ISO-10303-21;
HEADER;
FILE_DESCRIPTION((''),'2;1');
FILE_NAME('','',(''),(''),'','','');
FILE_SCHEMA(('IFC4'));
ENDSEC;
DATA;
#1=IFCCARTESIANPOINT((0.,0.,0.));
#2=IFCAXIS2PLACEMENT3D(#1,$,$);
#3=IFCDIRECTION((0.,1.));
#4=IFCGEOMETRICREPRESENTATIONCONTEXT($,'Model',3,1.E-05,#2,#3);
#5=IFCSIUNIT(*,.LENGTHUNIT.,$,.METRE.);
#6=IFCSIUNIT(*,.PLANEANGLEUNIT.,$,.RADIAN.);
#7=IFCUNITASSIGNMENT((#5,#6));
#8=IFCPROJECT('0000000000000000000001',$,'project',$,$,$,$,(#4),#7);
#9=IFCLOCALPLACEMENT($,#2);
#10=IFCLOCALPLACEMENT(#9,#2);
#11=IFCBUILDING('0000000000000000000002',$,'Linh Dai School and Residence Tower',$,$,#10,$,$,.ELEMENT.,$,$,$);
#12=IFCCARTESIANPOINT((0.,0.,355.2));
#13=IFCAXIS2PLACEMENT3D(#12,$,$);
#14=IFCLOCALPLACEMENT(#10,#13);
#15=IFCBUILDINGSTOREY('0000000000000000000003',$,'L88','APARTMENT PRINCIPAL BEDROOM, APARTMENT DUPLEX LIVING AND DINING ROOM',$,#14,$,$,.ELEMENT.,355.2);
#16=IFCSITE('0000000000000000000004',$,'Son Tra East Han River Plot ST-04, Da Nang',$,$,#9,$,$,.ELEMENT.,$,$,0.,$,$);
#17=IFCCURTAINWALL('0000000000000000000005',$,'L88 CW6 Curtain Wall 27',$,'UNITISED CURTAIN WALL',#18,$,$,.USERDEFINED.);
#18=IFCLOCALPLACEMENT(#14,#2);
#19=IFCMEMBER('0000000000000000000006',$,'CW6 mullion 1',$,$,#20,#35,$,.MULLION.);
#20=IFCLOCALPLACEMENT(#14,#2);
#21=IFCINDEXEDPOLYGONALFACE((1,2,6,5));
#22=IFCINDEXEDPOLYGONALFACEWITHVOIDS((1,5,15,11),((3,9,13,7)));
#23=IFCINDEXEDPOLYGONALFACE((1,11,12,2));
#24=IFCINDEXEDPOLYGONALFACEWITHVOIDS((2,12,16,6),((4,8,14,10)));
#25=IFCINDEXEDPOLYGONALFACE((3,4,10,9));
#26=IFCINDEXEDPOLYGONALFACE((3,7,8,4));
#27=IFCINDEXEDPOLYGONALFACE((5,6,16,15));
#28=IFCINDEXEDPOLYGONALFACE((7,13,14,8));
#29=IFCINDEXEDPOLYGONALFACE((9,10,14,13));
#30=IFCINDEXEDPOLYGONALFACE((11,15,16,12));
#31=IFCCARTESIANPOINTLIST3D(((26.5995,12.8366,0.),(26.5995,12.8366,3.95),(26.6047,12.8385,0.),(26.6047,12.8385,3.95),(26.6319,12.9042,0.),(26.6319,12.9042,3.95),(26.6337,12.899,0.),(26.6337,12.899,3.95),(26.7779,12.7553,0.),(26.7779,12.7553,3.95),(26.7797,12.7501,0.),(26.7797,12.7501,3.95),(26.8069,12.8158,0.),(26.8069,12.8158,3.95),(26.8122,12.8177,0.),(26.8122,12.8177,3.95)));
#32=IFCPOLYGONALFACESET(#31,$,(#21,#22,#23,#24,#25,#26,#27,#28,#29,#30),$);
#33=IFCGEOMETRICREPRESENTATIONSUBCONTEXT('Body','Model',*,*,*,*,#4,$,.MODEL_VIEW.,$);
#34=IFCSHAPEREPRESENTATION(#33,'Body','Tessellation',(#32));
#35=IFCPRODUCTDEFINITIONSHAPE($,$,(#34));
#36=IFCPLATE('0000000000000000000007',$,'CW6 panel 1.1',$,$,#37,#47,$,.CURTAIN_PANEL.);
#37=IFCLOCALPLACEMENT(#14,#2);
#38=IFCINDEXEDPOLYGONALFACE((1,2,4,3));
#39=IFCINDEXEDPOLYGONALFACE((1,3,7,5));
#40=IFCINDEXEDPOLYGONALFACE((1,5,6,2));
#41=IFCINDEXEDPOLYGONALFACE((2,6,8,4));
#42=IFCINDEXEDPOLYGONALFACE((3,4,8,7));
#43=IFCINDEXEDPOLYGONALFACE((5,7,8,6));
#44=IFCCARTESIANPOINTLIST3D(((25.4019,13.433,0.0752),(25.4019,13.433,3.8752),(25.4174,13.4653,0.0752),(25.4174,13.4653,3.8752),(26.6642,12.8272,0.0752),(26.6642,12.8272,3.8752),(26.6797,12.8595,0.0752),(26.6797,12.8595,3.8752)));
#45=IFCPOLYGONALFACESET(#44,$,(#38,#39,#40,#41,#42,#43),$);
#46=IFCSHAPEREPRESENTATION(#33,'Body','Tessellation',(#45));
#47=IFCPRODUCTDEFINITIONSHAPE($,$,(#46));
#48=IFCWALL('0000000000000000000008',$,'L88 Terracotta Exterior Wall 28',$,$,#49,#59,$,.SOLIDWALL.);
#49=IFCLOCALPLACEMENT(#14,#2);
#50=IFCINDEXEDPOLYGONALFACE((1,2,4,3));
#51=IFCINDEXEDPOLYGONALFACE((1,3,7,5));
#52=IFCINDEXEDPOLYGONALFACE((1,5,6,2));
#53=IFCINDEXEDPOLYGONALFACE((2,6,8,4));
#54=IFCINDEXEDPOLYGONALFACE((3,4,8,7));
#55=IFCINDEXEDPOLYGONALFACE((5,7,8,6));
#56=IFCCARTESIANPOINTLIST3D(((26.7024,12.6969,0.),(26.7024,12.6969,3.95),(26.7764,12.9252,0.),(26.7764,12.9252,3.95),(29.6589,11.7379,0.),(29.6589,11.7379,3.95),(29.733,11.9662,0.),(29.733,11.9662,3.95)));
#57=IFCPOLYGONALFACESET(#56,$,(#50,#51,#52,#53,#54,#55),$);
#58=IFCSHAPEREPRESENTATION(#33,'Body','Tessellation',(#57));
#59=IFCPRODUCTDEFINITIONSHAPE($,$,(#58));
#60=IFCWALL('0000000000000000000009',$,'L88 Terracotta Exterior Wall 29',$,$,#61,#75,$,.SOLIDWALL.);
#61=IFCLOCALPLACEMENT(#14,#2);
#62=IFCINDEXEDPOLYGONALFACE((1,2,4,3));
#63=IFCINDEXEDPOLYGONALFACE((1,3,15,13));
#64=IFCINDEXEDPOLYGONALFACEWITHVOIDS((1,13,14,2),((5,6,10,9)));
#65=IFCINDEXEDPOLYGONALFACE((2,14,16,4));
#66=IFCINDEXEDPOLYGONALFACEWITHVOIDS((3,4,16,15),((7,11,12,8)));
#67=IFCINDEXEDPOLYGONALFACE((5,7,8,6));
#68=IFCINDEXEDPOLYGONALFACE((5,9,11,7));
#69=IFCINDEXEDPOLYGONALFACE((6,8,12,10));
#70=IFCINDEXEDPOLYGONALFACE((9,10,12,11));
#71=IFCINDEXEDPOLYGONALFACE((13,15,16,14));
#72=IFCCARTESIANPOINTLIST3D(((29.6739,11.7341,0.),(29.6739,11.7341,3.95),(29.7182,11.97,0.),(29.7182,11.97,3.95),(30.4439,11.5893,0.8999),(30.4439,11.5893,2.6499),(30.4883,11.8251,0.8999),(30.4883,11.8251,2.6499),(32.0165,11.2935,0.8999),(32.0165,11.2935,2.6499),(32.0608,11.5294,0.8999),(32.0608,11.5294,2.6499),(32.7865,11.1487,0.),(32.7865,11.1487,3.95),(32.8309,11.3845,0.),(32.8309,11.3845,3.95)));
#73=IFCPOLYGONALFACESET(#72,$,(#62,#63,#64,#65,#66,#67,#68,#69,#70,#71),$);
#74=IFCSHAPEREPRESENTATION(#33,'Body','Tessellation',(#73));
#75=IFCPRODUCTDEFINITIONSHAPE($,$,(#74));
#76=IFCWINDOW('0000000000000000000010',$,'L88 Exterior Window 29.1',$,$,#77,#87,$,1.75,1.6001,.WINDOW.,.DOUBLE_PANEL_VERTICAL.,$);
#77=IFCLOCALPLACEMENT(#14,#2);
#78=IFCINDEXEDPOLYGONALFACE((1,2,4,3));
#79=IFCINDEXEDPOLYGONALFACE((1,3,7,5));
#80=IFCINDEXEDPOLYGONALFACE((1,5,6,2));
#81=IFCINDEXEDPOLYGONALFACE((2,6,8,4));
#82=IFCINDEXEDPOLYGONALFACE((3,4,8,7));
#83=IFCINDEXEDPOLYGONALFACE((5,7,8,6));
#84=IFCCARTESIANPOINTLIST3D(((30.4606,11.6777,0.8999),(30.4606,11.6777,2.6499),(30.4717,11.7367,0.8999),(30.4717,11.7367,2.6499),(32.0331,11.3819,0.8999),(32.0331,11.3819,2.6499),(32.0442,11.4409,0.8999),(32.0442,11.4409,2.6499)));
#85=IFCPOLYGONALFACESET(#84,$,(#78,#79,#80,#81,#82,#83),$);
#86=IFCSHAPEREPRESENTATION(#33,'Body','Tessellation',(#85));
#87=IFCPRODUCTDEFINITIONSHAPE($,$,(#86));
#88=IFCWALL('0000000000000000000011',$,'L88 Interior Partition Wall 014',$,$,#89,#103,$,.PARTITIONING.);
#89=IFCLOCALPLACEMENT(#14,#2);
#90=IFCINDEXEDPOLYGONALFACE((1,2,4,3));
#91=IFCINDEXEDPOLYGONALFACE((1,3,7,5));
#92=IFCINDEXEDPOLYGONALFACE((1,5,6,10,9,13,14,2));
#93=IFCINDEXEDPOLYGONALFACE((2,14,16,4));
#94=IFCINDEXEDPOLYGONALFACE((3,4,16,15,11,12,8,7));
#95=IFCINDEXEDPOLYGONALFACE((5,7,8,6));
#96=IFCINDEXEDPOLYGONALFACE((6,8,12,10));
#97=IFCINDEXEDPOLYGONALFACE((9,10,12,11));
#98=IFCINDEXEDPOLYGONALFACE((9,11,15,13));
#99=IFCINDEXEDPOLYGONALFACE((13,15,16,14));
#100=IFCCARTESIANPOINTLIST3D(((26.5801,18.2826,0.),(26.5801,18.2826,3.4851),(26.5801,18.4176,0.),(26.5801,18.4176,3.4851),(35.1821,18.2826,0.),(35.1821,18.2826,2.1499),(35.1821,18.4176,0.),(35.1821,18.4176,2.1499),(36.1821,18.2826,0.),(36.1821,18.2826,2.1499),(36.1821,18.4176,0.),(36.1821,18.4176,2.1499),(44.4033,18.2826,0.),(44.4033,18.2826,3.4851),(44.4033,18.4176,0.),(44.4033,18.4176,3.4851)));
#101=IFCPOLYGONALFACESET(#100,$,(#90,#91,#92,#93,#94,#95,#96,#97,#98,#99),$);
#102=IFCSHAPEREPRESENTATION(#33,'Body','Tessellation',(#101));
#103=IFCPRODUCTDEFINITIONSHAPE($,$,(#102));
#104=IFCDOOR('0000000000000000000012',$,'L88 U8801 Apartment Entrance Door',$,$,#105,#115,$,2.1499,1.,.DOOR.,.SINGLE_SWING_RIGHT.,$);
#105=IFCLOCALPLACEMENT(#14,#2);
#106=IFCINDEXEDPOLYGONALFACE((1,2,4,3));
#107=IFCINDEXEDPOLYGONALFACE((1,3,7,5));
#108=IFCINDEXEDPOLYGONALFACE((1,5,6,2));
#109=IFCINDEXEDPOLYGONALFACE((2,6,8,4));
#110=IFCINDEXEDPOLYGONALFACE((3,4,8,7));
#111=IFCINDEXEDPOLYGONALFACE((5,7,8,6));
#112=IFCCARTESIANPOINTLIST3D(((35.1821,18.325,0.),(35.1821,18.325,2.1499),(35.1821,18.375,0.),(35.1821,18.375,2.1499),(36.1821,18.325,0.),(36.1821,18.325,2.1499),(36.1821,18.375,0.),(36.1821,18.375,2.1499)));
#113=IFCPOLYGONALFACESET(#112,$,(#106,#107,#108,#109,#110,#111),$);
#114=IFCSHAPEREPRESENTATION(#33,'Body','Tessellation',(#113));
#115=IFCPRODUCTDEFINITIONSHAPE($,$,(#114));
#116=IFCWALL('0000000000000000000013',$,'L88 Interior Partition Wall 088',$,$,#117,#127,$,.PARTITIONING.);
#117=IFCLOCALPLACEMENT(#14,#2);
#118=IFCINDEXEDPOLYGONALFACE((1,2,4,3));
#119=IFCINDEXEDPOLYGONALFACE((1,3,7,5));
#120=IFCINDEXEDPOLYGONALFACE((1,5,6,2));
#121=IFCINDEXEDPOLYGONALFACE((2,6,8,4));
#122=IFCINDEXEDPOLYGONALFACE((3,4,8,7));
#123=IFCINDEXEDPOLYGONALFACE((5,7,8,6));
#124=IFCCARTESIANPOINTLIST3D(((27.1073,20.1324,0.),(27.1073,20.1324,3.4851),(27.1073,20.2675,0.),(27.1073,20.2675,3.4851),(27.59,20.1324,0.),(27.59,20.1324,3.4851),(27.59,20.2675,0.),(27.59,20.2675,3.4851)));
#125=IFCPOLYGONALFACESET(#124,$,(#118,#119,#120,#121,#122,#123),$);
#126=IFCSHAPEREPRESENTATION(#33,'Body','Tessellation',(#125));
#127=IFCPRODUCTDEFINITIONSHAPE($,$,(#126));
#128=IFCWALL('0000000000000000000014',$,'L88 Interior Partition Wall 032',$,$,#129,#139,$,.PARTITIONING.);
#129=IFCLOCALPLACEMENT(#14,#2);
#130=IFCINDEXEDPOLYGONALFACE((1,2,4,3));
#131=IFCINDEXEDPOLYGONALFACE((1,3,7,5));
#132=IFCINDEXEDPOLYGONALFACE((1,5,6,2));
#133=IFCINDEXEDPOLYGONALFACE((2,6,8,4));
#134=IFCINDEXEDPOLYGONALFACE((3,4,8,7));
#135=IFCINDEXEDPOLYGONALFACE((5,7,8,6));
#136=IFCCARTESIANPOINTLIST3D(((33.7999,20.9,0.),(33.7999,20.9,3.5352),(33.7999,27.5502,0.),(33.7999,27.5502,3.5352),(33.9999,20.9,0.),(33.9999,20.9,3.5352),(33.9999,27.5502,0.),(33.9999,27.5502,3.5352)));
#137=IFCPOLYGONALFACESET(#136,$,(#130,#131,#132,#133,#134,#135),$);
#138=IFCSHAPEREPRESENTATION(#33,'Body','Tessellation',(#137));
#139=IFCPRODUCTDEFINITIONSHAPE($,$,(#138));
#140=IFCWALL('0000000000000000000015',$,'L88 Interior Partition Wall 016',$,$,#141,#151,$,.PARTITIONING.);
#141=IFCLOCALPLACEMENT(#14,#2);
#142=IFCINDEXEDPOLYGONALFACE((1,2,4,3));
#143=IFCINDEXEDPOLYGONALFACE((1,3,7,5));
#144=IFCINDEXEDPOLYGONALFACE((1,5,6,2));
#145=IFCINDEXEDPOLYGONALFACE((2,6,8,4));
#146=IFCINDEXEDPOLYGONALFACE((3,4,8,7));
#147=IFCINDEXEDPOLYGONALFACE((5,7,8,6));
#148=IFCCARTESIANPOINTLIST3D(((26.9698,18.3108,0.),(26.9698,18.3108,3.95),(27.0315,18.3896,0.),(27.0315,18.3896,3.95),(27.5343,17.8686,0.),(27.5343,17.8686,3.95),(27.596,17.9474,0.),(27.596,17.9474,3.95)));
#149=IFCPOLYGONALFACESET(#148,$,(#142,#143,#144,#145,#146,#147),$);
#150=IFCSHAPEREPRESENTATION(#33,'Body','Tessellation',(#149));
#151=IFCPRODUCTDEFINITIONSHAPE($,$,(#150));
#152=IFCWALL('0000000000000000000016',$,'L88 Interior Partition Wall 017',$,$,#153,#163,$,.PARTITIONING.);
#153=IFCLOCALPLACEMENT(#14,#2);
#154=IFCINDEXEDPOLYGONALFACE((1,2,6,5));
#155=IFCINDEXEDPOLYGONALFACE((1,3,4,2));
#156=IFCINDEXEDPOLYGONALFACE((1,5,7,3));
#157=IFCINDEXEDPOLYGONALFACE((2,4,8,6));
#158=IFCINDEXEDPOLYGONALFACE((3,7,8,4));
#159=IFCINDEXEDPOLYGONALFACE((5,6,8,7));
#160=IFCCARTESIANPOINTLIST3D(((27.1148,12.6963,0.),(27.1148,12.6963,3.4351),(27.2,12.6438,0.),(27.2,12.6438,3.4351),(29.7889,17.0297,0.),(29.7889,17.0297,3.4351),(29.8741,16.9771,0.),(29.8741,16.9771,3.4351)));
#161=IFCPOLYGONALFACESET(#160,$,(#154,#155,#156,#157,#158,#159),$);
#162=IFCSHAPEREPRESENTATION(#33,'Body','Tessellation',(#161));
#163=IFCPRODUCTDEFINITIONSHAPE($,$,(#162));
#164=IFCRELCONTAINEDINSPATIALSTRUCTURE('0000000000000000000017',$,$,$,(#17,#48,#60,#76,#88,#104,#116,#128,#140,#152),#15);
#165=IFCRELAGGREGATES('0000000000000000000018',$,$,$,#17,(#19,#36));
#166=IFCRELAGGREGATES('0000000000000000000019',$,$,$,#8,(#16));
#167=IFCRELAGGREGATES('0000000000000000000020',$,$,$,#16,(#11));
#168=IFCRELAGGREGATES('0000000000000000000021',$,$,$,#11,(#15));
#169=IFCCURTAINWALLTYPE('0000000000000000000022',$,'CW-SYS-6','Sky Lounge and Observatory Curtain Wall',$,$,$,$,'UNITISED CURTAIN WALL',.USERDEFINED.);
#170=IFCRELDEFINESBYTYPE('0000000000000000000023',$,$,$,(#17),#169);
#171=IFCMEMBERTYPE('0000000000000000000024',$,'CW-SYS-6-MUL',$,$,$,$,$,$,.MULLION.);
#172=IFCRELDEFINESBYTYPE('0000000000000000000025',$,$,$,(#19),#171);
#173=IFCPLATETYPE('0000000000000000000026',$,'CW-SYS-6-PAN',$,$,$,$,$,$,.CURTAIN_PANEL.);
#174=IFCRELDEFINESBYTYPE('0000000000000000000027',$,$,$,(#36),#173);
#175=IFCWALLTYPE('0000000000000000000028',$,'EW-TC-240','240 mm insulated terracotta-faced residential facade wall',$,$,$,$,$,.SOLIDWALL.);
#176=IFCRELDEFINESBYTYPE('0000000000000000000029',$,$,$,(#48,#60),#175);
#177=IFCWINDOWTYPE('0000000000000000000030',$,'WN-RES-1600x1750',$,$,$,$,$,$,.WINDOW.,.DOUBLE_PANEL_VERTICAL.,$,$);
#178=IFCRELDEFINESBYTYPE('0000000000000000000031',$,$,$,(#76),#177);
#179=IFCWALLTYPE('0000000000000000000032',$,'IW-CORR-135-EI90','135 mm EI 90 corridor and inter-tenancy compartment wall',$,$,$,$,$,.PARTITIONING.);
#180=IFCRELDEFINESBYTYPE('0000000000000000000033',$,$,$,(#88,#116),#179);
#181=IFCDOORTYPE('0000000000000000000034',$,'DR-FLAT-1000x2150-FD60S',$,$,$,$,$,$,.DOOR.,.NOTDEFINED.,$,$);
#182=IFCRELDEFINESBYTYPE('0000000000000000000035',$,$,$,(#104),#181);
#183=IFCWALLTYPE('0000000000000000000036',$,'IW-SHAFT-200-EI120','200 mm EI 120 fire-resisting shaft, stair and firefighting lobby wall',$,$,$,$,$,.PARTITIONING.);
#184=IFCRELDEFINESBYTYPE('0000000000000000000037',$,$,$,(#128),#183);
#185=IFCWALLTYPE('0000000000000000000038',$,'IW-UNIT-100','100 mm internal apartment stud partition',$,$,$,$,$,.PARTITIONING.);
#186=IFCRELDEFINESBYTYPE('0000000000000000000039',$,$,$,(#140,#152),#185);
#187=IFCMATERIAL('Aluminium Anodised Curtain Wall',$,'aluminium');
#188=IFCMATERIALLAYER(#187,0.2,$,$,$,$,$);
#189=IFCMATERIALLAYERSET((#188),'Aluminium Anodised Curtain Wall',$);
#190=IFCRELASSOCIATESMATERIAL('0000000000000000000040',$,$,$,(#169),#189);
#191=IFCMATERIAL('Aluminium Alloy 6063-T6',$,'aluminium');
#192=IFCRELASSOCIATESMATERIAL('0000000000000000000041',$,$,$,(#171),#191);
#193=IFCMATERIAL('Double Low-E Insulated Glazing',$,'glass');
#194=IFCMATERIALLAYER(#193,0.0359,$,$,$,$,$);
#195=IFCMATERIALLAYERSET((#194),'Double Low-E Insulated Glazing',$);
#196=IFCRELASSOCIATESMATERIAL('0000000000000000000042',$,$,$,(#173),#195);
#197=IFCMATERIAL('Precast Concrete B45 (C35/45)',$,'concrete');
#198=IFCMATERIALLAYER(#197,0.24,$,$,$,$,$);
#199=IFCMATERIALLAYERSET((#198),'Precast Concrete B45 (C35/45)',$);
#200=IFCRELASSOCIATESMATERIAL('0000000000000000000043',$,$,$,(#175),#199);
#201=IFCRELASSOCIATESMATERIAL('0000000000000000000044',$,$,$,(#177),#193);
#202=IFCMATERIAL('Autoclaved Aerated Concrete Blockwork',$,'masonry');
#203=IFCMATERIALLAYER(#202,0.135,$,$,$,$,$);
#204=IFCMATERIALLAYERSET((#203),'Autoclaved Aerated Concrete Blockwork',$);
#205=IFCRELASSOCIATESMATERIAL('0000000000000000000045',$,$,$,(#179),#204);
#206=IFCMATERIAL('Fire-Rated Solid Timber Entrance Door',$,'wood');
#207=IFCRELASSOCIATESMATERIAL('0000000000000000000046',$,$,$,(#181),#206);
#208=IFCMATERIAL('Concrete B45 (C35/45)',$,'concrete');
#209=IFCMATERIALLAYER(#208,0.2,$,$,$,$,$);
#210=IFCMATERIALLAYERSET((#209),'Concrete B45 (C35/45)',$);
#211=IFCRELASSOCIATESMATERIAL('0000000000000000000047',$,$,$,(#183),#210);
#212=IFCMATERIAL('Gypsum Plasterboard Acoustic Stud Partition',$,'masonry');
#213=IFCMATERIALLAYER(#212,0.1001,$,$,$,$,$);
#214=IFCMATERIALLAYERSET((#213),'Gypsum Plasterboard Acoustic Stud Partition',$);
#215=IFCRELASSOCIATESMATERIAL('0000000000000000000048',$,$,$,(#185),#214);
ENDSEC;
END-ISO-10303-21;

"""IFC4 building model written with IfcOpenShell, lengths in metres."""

from ifc_helpers import new_model, si_unit, direction, frame, frame_2d, origin, origin_2d, place, context, subcontext, project, spatial, rectangle, hollow_rectangle, extrude, source, transform, mapped, material, layer, layer_set, material_profile, profile_set, type_object, element, fill, aggregate, save


model = new_model("IFC4")

# Units and contexts
model_context = context("Model", 3, precision=1e-05, world=origin(), true_north=direction((0.0, 1.0)))
body_context = subcontext(model_context, "Body", "Model", "MODEL_VIEW")
ifc_project = project(units=[si_unit("LENGTHUNIT", "METRE"), si_unit("PLANEANGLEUNIT", "RADIAN")], contexts=[model_context])

# Site, building, storey
site_placement = place(None, origin())
site = spatial("IfcSite", under=ifc_project, at=site_placement, Name="Son Tra East Han River Plot ST-04, Da Nang", CompositionType="ELEMENT", RefElevation=0.0)
building_placement = place(site_placement, origin())
building = spatial("IfcBuilding", under=site, at=building_placement, Name="Linh Dai School and Residence Tower", CompositionType="ELEMENT")
storey_placement = place(building_placement, frame((0.0, 0.0, 355.2)))
storey = spatial("IfcBuildingStorey", under=building, at=storey_placement, Name="L88", Description="APARTMENT PRINCIPAL BEDROOM, APARTMENT DUPLEX LIVING AND DINING ROOM", CompositionType="ELEMENT", Elevation=355.2)

# Shared definitions
ifc_material_1 = material(Name="Concrete B45 (C35/45)", Category="concrete")

# Curtain wall, member, plate
ifc_material_2 = material(Name="Aluminium Anodised Curtain Wall", Category="aluminium")
ifc_layer_1 = layer(ifc_material_2, 0.2)
ifc_layer_set_1 = layer_set([ifc_layer_1], Name="Aluminium Anodised Curtain Wall")
curtain_wall_type = type_object("IfcCurtainWallType", Name="CW-SYS-6", Description="Sky Lounge and Observatory Curtain Wall", ElementType="UNITISED CURTAIN WALL", PredefinedType="USERDEFINED", material=ifc_layer_set_1)
curtain_wall_placement = place(storey_placement, origin())
curtain_wall = element("IfcCurtainWall", 1, at=curtain_wall_placement, inside=storey, type_object=curtain_wall_type, Name="L88 CW6 Curtain Wall 27", ObjectType="UNITISED CURTAIN WALL", PredefinedType="USERDEFINED")
ifc_material_3 = material(Name="Aluminium Alloy 6063-T6", Category="aluminium")
ifc_material_profile_1 = material_profile(ifc_material_3, hollow_rectangle(XDim=0.075, YDim=0.2, WallThickness=0.0039, at=origin_2d()), Name="RHS 200x75x4")
ifc_profile_set_1 = profile_set([ifc_material_profile_1], Name="Aluminium Alloy 6063-T6")
member_type_1 = type_object("IfcMemberType", Name="CW-SYS-6-MUL", PredefinedType="MULLION", material=ifc_profile_set_1)
shared_shape_1 = source(origin(), body_context, "Body", "SweptSolid", [
    extrude(hollow_rectangle(XDim=0.075, YDim=0.2, WallThickness=0.0039, at=origin_2d()), origin(), (0.0, 0.0, 1.0), 3.95),
])
member_1_placement = place(storey_placement, frame((26.7058, 12.8271, 0.0), z_axis=(0.0, 0.0, 1.0), x_axis=(-0.432674, -0.901551, 0.0)))
member_1 = element("IfcMember", 2, at=member_1_placement, type_object=member_type_1, Name="CW6 mullion 1", PredefinedType="MULLION", context=body_context, shape_type="MappedRepresentation", body=[
    mapped(shared_shape_1, transform((0.0, 0.0, 0.0), x_axis=(1.0, 0.0, 0.0), y_axis=(0.0, 1.0, 0.0), z_axis=(0.0, 0.0, 1.0), scale=1.0)),
])
ifc_material_4 = material(Name="Double Low-E Insulated Glazing", Category="glass")
ifc_layer_2 = layer(ifc_material_4, 0.0359)
ifc_layer_set_2 = layer_set([ifc_layer_2], Name="Double Low-E Insulated Glazing")
plate_type = type_object("IfcPlateType", Name="CW-SYS-6-PAN", PredefinedType="CURTAIN_PANEL", material=ifc_layer_set_2)
shared_shape_2 = source(origin(), body_context, "Body", "SweptSolid", [
    extrude(rectangle(XDim=1.4001, YDim=0.0359, at=origin_2d()), origin(), (0.0, 0.0, 1.0), 3.8),
])
plate_placement = place(storey_placement, frame((26.0408, 13.1462, 0.0752), z_axis=(0.0, 0.0, 1.0), x_axis=(-0.901551, 0.432674, 0.0)))
plate = element("IfcPlate", 3, at=plate_placement, type_object=plate_type, Name="CW6 panel 1.1", PredefinedType="CURTAIN_PANEL", context=body_context, shape_type="MappedRepresentation", body=[
    mapped(shared_shape_2, transform((0.0, 0.0, 0.0), x_axis=(1.0, 0.0, 0.0), y_axis=(0.0, 1.0, 0.0), z_axis=(0.0, 0.0, 1.0), scale=1.0)),
])
aggregate(curtain_wall, [member_1, plate])

# Wall
ifc_material_5 = material(Name="Precast Concrete B45 (C35/45)", Category="concrete")
ifc_layer_3 = layer(ifc_material_5, 0.24)
ifc_layer_set_3 = layer_set([ifc_layer_3], Name="Precast Concrete B45 (C35/45)")
wall_type_1 = type_object("IfcWallType", Name="EW-TC-240", Description="240 mm insulated terracotta-faced residential facade wall", PredefinedType="SOLIDWALL", material=ifc_layer_set_3)
wall_1_placement = place(storey_placement, frame((29.696, 11.8521, 0.0), z_axis=(0.0, 0.0, 1.0), x_axis=(-0.951213, 0.308535, 0.0)))
element("IfcWall", 4, at=wall_1_placement, inside=storey, type_object=wall_type_1, Name="L88 Terracotta Exterior Wall 28", PredefinedType="SOLIDWALL", context=body_context, shape_type="SweptSolid", body=[
    extrude(rectangle(XDim=3.1082, YDim=0.24, at=frame_2d((1.5542, 0.0))), origin(), (0.0, 0.0, 1.0), 3.95),
])

# Wall, opening, window
wall_2_placement = place(storey_placement, frame((32.8086, 11.2666, 0.0), z_axis=(0.0, 0.0, 1.0), x_axis=(-0.982766, 0.184852, 0.0)))
wall_2 = element("IfcWall", 5, at=wall_2_placement, inside=storey, type_object=wall_type_1, Name="L88 Terracotta Exterior Wall 29", PredefinedType="SOLIDWALL", context=body_context, shape_type="SweptSolid", body=[
    extrude(rectangle(XDim=3.1672, YDim=0.24, at=frame_2d((1.5835, 0.0))), origin(), (0.0, 0.0, 1.0), 3.95),
])
opening_1_placement = place(wall_2_placement, frame((0.7834, 0.0, 0.8999)))
opening_1 = element("IfcOpeningElement", 6, at=opening_1_placement, cuts=wall_2, PredefinedType="OPENING", context=body_context, shape_type="SweptSolid", body=[
    extrude(rectangle(XDim=1.6001, YDim=1.75, at=origin_2d()), frame((0.8, 0.1299, 0.875), z_axis=(0.0, -1.0, 0.0), x_axis=(1.0, 0.0, 0.0)), (0.0, 0.0, 1.0), 0.26),
])
window_type = type_object("IfcWindowType", Name="WN-RES-1600x1750", PartitioningType="DOUBLE_PANEL_VERTICAL", PredefinedType="WINDOW", material=ifc_material_4)
shared_shape_3 = source(origin(), body_context, "Body", "SweptSolid", [
    extrude(rectangle(XDim=1.6001, YDim=1.75, at=origin_2d()), frame((0.8, 0.03, 0.875), z_axis=(0.0, -1.0, 0.0), x_axis=(1.0, 0.0, 0.0)), (0.0, 0.0, 1.0), 0.0601),
])
window_placement = place(opening_1_placement, origin())
window = element("IfcWindow", 7, at=window_placement, inside=storey, type_object=window_type, Name="L88 Exterior Window 29.1", OverallHeight=1.75, OverallWidth=1.6001, PartitioningType="DOUBLE_PANEL_VERTICAL", PredefinedType="WINDOW", context=body_context, shape_type="MappedRepresentation", body=[
    mapped(shared_shape_3, transform((0.0, 0.0, 0.0), x_axis=(1.0, 0.0, 0.0), y_axis=(0.0, 1.0, 0.0), z_axis=(0.0, 0.0, 1.0), scale=1.0)),
])
fill(opening_1, window)

# Wall, opening, door
ifc_material_6 = material(Name="Autoclaved Aerated Concrete Blockwork", Category="masonry")
ifc_layer_4 = layer(ifc_material_6, 0.135)
ifc_layer_set_4 = layer_set([ifc_layer_4], Name="Autoclaved Aerated Concrete Blockwork")
wall_type_2 = type_object("IfcWallType", Name="IW-CORR-135-EI90", Description="135 mm EI 90 corridor and inter-tenancy compartment wall", PredefinedType="PARTITIONING", material=ifc_layer_set_4)
wall_3_placement = place(storey_placement, frame((26.5801, 18.3501, 0.0), z_axis=(0.0, 0.0, 1.0), x_axis=(1.0, 0.0, 0.0)))
wall_3 = element("IfcWall", 8, at=wall_3_placement, inside=storey, type_object=wall_type_2, Name="L88 Interior Partition Wall 014", PredefinedType="PARTITIONING", context=body_context, shape_type="SweptSolid", body=[
    extrude(rectangle(XDim=17.8232, YDim=0.135, at=frame_2d((8.9116, 0.0))), origin(), (0.0, 0.0, 1.0), 3.4851),
])
opening_2_placement = place(wall_3_placement, frame((8.6021, 0.0, 0.0)))
opening_2 = element("IfcOpeningElement", 9, at=opening_2_placement, cuts=wall_3, PredefinedType="OPENING", context=body_context, shape_type="SweptSolid", body=[
    extrude(rectangle(XDim=1.0, YDim=2.1499, at=origin_2d()), frame((0.5, 0.0776, 1.075), z_axis=(0.0, -1.0, 0.0), x_axis=(1.0, 0.0, 0.0)), (0.0, 0.0, 1.0), 0.155),
])
ifc_material_7 = material(Name="Fire-Rated Solid Timber Entrance Door", Category="wood")
door_type_1 = type_object("IfcDoorType", Name="DR-FLAT-1000x2150-FD60S", OperationType="NOTDEFINED", PredefinedType="DOOR", material=ifc_material_7)
shared_shape_4 = source(origin(), body_context, "Body", "SweptSolid", [
    extrude(rectangle(XDim=1.0, YDim=2.1499, at=origin_2d()), frame((0.5, 0.0249, 1.075), z_axis=(0.0, -1.0, 0.0), x_axis=(1.0, 0.0, 0.0)), (0.0, 0.0, 1.0), 0.05),
])
door_1_placement = place(opening_2_placement, origin())
door_1 = element("IfcDoor", 10, at=door_1_placement, inside=storey, type_object=door_type_1, Name="L88 U8801 Apartment Entrance Door", OperationType="SINGLE_SWING_RIGHT", OverallHeight=2.1499, OverallWidth=1.0, PredefinedType="DOOR", context=body_context, shape_type="MappedRepresentation", body=[
    mapped(shared_shape_4, transform((0.0, 0.0, 0.0), x_axis=(1.0, 0.0, 0.0), y_axis=(0.0, 1.0, 0.0), z_axis=(0.0, 0.0, 1.0), scale=1.0)),
])
fill(opening_2, door_1)

# Walls
wall_4_placement = place(storey_placement, frame((27.1074, 20.2, 0.0), z_axis=(0.0, 0.0, 1.0), x_axis=(1.0, 0.0, 0.0)))
element("IfcWall", 11, at=wall_4_placement, inside=storey, type_object=wall_type_2, Name="L88 Interior Partition Wall 088", PredefinedType="PARTITIONING", context=body_context, shape_type="SweptSolid", body=[
    extrude(rectangle(XDim=0.4827, YDim=0.135, at=frame_2d((0.2412, 0.0))), origin(), (0.0, 0.0, 1.0), 3.4851),
])
ifc_layer_5 = layer(ifc_material_1, 0.2)
ifc_layer_set_5 = layer_set([ifc_layer_5], Name="Concrete B45 (C35/45)")
wall_type_3 = type_object("IfcWallType", Name="IW-SHAFT-200-EI120", Description="200 mm EI 120 fire-resisting shaft, stair and firefighting lobby wall", PredefinedType="PARTITIONING", material=ifc_layer_set_5)
wall_5_placement = place(storey_placement, frame((33.8999, 20.8999, 0.0), z_axis=(0.0, 0.0, 1.0), x_axis=(0.0, 1.0, 0.0)))
element("IfcWall", 12, at=wall_5_placement, inside=storey, type_object=wall_type_3, Name="L88 Interior Partition Wall 032", PredefinedType="PARTITIONING", context=body_context, shape_type="SweptSolid", body=[
    extrude(rectangle(XDim=6.6501, YDim=0.2, at=frame_2d((3.3252, 0.0))), origin(), (0.0, 0.0, 1.0), 3.5352),
])
ifc_material_8 = material(Name="Gypsum Plasterboard Acoustic Stud Partition", Category="masonry")
ifc_layer_6 = layer(ifc_material_8, 0.1001)
ifc_layer_set_6 = layer_set([ifc_layer_6], Name="Gypsum Plasterboard Acoustic Stud Partition")
wall_type_4 = type_object("IfcWallType", Name="IW-UNIT-100", Description="100 mm internal apartment stud partition", PredefinedType="PARTITIONING", material=ifc_layer_set_6)
wall_6_placement = place(storey_placement, frame((27.0007, 18.3501, 0.0), z_axis=(0.0, 0.0, 1.0), x_axis=(0.787239, -0.616648, 0.0)))
element("IfcWall", 13, at=wall_6_placement, inside=storey, type_object=wall_type_4, Name="L88 Interior Partition Wall 016", PredefinedType="PARTITIONING", context=body_context, shape_type="SweptSolid", body=[
    extrude(rectangle(XDim=0.717, YDim=0.1001, at=frame_2d((0.3584, 0.0))), origin(), (0.0, 0.0, 1.0), 3.95),
])
wall_7_placement = place(storey_placement, frame((27.1575, 12.6702, 0.0), z_axis=(0.0, 0.0, 1.0), x_axis=(0.525159, 0.851004, 0.0)))
element("IfcWall", 14, at=wall_7_placement, inside=storey, type_object=wall_type_4, Name="L88 Interior Partition Wall 017", PredefinedType="PARTITIONING", context=body_context, shape_type="SweptSolid", body=[
    extrude(rectangle(XDim=5.092, YDim=0.1001, at=frame_2d((2.5459, 0.0))), origin(), (0.0, 0.0, 1.0), 3.4351),
])

save(model, "model.ifc")
